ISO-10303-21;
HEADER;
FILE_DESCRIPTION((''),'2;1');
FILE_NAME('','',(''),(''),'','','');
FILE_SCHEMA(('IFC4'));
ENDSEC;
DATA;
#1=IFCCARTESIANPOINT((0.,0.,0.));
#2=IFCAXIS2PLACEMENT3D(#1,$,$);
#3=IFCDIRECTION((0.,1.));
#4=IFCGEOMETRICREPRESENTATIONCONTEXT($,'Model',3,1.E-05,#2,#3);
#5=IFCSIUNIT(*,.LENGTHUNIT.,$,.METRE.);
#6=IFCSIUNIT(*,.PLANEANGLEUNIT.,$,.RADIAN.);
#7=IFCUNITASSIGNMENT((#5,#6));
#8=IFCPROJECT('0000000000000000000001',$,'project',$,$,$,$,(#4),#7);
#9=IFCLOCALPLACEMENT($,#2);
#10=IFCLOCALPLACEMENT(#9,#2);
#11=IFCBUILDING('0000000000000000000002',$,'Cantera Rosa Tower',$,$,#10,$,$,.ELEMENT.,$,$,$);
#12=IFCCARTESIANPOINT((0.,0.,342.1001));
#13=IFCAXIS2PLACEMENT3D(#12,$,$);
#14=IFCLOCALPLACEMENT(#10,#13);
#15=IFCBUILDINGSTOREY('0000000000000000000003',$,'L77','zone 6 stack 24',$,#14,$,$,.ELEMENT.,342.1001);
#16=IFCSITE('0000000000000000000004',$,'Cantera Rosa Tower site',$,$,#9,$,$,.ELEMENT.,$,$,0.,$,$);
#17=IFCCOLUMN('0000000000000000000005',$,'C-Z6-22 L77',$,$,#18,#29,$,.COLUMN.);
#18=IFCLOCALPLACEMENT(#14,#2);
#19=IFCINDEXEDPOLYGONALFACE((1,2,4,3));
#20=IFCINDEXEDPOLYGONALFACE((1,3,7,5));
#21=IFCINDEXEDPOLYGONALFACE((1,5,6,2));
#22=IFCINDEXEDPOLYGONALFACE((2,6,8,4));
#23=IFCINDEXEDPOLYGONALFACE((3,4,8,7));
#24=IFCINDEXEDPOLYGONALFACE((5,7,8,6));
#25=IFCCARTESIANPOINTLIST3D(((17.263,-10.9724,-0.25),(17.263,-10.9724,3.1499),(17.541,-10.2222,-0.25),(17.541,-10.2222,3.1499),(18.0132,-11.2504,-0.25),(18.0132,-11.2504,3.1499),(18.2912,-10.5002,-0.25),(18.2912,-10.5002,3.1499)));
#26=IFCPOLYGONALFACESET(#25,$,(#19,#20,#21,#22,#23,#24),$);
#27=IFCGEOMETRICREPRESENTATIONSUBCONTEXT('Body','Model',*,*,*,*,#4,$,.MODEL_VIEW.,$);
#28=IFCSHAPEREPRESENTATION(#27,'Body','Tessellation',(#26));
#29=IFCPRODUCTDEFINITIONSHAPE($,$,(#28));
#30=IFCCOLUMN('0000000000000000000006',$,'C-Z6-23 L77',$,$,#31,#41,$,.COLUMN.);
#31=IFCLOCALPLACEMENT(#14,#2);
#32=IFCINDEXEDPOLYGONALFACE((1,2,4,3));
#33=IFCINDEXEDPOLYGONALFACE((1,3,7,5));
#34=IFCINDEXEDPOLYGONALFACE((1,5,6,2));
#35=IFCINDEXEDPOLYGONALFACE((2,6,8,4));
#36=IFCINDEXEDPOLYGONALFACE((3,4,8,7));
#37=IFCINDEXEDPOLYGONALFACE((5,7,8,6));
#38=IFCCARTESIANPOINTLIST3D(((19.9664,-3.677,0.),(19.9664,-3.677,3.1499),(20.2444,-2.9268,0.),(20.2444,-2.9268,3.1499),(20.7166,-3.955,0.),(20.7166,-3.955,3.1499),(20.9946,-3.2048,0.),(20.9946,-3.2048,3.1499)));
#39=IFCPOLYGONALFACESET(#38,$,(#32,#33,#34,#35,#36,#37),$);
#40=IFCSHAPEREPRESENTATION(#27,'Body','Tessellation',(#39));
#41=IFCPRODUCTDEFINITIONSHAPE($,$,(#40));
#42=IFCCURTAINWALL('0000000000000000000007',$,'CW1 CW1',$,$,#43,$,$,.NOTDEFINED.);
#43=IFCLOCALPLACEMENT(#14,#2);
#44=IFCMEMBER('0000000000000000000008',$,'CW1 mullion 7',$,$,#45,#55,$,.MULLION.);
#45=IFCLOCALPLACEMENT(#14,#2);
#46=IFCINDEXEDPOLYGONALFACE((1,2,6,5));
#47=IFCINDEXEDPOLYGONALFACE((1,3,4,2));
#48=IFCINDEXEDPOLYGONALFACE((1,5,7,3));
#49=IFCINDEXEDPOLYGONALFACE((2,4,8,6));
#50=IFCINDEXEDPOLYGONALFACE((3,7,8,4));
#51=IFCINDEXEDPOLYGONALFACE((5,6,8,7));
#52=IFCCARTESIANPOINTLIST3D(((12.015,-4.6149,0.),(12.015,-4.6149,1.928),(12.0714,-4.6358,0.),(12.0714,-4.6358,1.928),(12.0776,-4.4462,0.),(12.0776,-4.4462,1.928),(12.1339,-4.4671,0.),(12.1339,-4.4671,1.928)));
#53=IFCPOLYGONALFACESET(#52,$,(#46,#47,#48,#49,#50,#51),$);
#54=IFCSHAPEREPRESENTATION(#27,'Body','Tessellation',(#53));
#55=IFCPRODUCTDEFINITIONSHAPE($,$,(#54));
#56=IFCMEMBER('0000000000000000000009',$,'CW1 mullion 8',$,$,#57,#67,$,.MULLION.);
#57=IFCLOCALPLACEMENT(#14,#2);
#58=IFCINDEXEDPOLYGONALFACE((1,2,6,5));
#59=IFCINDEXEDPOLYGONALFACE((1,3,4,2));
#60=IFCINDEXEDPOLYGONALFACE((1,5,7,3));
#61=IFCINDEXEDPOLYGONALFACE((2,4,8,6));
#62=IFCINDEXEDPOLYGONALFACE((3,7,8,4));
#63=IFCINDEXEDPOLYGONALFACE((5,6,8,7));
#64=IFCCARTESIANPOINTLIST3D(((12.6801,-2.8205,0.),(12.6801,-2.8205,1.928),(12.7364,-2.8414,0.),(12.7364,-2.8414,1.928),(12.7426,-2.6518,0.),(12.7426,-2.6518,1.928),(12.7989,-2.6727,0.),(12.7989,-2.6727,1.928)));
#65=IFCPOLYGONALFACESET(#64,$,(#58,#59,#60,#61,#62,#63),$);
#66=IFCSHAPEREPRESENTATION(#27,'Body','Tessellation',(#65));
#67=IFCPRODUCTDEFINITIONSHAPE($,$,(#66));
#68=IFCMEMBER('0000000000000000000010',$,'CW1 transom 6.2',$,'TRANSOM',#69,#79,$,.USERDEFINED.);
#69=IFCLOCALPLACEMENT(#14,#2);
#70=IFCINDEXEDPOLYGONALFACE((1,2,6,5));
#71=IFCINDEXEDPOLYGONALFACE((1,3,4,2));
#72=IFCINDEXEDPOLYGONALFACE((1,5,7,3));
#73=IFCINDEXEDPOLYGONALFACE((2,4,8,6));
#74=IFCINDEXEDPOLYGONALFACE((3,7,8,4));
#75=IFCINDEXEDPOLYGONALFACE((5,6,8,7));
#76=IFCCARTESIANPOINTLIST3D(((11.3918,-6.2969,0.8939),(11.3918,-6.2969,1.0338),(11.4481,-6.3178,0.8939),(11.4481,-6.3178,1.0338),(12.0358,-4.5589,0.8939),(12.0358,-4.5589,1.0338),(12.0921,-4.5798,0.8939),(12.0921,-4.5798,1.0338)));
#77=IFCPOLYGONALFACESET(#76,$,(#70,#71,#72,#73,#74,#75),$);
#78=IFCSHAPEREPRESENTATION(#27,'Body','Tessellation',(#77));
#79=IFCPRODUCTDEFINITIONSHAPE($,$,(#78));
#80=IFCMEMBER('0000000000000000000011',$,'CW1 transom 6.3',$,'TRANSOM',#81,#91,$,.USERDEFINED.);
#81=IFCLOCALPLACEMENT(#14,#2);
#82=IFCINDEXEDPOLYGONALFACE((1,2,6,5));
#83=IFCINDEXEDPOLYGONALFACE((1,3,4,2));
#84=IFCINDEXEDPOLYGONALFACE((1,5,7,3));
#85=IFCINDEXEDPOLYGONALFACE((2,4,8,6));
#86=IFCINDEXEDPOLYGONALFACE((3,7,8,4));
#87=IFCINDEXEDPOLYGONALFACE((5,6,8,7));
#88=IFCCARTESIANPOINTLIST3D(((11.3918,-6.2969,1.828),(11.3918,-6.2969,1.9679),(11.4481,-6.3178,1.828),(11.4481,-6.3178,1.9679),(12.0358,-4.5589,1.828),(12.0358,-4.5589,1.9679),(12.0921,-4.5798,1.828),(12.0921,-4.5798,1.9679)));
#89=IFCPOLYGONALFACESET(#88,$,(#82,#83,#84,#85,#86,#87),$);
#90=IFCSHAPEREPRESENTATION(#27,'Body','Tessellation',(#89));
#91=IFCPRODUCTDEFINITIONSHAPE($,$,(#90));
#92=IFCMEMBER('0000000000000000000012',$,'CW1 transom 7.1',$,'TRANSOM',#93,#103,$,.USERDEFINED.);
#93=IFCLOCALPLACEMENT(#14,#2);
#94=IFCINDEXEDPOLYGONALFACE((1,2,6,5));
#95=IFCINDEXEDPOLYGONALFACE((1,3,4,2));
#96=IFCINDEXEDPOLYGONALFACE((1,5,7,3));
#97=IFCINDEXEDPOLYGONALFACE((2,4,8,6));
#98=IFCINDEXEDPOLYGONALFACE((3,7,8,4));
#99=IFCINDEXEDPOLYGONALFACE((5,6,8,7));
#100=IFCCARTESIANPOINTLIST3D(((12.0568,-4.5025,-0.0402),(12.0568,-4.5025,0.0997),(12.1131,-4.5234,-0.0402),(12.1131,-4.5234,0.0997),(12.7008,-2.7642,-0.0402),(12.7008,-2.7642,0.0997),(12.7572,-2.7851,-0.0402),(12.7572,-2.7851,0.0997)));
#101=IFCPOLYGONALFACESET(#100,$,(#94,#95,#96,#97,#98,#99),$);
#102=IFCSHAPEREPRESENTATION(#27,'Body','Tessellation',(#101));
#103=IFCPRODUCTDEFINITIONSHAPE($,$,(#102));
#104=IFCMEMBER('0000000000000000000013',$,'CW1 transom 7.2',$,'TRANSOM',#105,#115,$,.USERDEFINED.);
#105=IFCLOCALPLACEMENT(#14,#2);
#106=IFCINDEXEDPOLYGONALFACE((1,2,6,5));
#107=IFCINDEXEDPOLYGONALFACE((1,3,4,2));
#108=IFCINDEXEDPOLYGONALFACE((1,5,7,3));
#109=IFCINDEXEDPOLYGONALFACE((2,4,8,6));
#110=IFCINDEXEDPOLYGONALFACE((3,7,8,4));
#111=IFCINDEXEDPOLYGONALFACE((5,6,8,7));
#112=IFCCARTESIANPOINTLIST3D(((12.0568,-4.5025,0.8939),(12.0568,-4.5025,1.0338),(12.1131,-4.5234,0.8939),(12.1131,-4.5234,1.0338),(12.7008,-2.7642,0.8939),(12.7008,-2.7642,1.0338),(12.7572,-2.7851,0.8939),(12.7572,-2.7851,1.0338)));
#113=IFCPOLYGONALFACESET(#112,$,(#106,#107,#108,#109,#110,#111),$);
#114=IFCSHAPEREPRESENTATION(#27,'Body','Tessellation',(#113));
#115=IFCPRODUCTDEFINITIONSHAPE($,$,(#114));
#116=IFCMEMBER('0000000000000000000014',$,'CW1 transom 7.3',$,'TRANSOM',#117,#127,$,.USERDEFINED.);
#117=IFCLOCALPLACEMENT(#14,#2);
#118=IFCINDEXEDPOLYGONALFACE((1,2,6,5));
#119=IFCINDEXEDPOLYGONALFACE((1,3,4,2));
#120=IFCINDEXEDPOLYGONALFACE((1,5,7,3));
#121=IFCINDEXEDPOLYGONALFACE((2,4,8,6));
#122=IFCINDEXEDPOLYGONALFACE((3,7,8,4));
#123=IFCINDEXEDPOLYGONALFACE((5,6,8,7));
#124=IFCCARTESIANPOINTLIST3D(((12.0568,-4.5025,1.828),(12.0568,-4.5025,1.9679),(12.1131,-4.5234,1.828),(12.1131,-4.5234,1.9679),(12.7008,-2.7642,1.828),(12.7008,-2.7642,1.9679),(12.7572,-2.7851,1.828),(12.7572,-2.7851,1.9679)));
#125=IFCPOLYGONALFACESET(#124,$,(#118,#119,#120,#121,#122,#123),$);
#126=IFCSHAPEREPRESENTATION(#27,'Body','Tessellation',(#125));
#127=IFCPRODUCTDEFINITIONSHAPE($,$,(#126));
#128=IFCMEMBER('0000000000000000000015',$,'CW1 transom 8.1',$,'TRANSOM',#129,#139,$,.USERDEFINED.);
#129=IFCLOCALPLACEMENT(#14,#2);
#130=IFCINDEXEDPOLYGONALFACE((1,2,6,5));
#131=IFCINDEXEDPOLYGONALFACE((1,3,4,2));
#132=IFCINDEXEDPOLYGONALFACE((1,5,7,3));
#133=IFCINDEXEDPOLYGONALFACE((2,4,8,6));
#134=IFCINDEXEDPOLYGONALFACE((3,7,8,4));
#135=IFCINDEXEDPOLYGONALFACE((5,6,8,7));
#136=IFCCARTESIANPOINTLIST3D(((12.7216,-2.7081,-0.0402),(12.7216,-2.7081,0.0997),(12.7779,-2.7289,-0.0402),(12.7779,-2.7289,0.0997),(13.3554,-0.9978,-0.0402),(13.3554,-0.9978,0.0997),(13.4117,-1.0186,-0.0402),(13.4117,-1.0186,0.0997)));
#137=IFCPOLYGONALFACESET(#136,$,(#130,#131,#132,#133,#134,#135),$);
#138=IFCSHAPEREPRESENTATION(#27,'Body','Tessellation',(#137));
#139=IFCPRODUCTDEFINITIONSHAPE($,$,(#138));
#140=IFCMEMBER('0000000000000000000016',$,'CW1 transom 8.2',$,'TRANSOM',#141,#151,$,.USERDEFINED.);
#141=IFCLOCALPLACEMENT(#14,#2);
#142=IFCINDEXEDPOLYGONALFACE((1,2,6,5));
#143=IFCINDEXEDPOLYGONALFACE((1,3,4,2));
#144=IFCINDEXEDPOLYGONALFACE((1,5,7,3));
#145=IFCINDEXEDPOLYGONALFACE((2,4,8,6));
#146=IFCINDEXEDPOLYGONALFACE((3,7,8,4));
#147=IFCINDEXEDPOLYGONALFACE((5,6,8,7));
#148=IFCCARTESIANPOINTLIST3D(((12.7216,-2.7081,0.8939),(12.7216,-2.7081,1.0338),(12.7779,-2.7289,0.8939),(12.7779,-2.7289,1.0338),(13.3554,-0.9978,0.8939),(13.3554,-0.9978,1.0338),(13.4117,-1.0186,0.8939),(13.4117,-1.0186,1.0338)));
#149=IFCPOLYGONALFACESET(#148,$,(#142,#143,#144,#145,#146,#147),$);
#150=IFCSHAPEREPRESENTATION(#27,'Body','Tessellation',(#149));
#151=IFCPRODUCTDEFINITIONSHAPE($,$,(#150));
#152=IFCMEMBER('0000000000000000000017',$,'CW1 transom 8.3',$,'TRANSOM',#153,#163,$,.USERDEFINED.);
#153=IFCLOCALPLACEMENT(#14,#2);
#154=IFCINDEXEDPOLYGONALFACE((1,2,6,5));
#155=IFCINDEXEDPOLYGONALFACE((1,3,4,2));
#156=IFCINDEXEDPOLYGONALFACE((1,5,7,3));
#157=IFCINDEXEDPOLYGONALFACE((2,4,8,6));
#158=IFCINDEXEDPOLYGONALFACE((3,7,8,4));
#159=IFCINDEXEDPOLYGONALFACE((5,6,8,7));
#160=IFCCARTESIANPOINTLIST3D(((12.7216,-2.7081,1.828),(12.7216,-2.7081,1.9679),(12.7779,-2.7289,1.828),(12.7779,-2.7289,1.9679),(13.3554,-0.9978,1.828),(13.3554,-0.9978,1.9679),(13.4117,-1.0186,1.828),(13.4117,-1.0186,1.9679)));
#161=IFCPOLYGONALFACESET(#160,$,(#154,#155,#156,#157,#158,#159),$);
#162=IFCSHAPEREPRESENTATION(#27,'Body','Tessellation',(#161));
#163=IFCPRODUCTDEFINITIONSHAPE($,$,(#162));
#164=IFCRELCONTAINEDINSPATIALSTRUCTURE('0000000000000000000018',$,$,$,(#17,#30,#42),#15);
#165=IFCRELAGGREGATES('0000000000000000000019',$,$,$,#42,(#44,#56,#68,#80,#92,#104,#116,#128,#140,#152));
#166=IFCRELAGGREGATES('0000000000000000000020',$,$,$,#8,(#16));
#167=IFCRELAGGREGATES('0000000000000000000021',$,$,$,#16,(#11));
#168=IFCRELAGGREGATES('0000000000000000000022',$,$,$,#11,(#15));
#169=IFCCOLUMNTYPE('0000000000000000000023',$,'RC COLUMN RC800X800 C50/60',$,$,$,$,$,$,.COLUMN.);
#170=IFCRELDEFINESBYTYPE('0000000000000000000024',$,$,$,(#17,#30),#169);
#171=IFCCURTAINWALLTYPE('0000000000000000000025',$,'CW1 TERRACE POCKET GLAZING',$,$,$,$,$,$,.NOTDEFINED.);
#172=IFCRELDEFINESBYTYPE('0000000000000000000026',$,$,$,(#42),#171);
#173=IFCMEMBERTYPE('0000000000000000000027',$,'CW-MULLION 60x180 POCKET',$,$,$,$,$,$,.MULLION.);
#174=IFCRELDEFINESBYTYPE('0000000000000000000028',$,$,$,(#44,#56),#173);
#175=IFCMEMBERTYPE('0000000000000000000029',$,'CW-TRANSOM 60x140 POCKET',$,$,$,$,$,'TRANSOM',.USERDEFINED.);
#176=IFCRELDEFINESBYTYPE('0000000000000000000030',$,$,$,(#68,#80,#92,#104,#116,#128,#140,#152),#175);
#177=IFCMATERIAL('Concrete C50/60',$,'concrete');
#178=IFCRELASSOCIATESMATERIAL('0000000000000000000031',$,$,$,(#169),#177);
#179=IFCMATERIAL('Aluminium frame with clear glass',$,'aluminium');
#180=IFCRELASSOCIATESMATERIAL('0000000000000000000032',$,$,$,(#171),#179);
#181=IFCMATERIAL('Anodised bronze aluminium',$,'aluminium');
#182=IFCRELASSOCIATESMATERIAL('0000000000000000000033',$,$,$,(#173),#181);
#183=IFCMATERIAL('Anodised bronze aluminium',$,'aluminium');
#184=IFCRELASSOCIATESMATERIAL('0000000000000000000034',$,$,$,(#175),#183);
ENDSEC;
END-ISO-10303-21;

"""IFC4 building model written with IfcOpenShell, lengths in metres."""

from ifc_helpers import new_model, si_unit, direction, frame, origin, origin_2d, place, context, subcontext, project, spatial, rectangle, extrude, material, material_profile, profile_set, type_object, element, aggregate, save


model = new_model("IFC4")

# Units and contexts
model_context = context("Model", 3, precision=1e-05, world=origin(), true_north=direction((0.0, 1.0)))
body_context = subcontext(model_context, "Body", "Model", "MODEL_VIEW")
ifc_project = project(units=[si_unit("LENGTHUNIT", "METRE"), si_unit("PLANEANGLEUNIT", "RADIAN")], contexts=[model_context])

# Site, building, storey
site_placement = place(None, origin())
site = spatial("IfcSite", under=ifc_project, at=site_placement, Name="Cantera Rosa Tower site", CompositionType="ELEMENT", RefElevation=0.0)
building_placement = place(site_placement, origin())
building = spatial("IfcBuilding", under=site, at=building_placement, Name="Cantera Rosa Tower", CompositionType="ELEMENT")
storey_placement = place(building_placement, frame((0.0, 0.0, 342.1001)))
storey = spatial("IfcBuildingStorey", under=building, at=storey_placement, Name="L77", Description="zone 6 stack 24", CompositionType="ELEMENT", Elevation=342.1001)

# Columns
ifc_material_1 = material(Name="Concrete C50/60", Category="concrete")
ifc_material_profile_1 = material_profile(ifc_material_1, rectangle(XDim=0.8, YDim=0.8, at=origin_2d()), Name="RC COLUMN RC800X800 C50/60")
ifc_profile_set_1 = profile_set([ifc_material_profile_1], Name="Concrete C50/60")
column_type = type_object("IfcColumnType", Name="RC COLUMN RC800X800 C50/60", PredefinedType="COLUMN", material=ifc_profile_set_1)
column_1_placement = place(storey_placement, frame((17.7771, -10.7363, -0.25), z_axis=(0.0, 0.0, 1.0), x_axis=(0.347481, 0.937687, 0.0)))
element("IfcColumn", 1, at=column_1_placement, inside=storey, type_object=column_type, Name="C-Z6-22 L77", PredefinedType="COLUMN", context=body_context, shape_type="SweptSolid", body=[
    extrude(rectangle(XDim=0.8, YDim=0.8, at=origin_2d()), origin(), (0.0, 0.0, 1.0), 3.3999),
])
column_2_placement = place(storey_placement, frame((20.4805, -3.4409, 0.0), z_axis=(0.0, 0.0, 1.0), x_axis=(0.347481, 0.937687, 0.0)))
element("IfcColumn", 2, at=column_2_placement, inside=storey, type_object=column_type, Name="C-Z6-23 L77", PredefinedType="COLUMN", context=body_context, shape_type="SweptSolid", body=[
    extrude(rectangle(XDim=0.8, YDim=0.8, at=origin_2d()), origin(), (0.0, 0.0, 1.0), 3.1499),
])

# Curtain wall, members
ifc_material_2 = material(Name="Aluminium frame with clear glass", Category="aluminium")
curtain_wall_type = type_object("IfcCurtainWallType", Name="CW1 TERRACE POCKET GLAZING", PredefinedType="NOTDEFINED", material=ifc_material_2)
curtain_wall_placement = place(storey_placement, origin())
curtain_wall = element("IfcCurtainWall", 3, at=curtain_wall_placement, inside=storey, type_object=curtain_wall_type, Name="CW1 CW1", PredefinedType="NOTDEFINED")
ifc_material_3 = material(Name="Anodised bronze aluminium", Category="aluminium")
ifc_material_profile_2 = material_profile(ifc_material_3, rectangle(XDim=0.0601, YDim=0.1799, at=origin_2d()), Name="CW-MULLION 60x180 POCKET")
ifc_profile_set_2 = profile_set([ifc_material_profile_2], Name="Anodised bronze aluminium")
member_type_1 = type_object("IfcMemberType", Name="CW-MULLION 60x180 POCKET", PredefinedType="MULLION", material=ifc_profile_set_2)
member_1_placement = place(storey_placement, frame((12.0745, -4.541, 0.0), z_axis=(0.0, 0.0, 1.0), x_axis=(-0.937687, 0.347481, 0.0)))
member_1 = element("IfcMember", 4, at=member_1_placement, type_object=member_type_1, Name="CW1 mullion 7", PredefinedType="MULLION", context=body_context, shape_type="SweptSolid", body=[
    extrude(rectangle(XDim=0.0601, YDim=0.1799, at=origin_2d()), origin(), (0.0, 0.0, 1.0), 1.928),
])
member_2_placement = place(storey_placement, frame((12.7395, -2.7466, 0.0), z_axis=(0.0, 0.0, 1.0), x_axis=(-0.937687, 0.347481, 0.0)))
member_2 = element("IfcMember", 5, at=member_2_placement, type_object=member_type_1, Name="CW1 mullion 8", PredefinedType="MULLION", context=body_context, shape_type="SweptSolid", body=[
    extrude(rectangle(XDim=0.0601, YDim=0.1799, at=origin_2d()), origin(), (0.0, 0.0, 1.0), 1.928),
])
ifc_material_4 = material(Name="Anodised bronze aluminium", Category="aluminium")
ifc_material_profile_3 = material_profile(ifc_material_4, rectangle(XDim=0.0601, YDim=0.1399, at=origin_2d()), Name="CW-TRANSOM 60x140 POCKET")
ifc_profile_set_3 = profile_set([ifc_material_profile_3], Name="Anodised bronze aluminium")
member_type_2 = type_object("IfcMemberType", Name="CW-TRANSOM 60x140 POCKET", ElementType="TRANSOM", PredefinedType="USERDEFINED", material=ifc_profile_set_3)
member_3_placement = place(storey_placement, frame((11.4199, -6.3074, 0.9639), z_axis=(0.347469, 0.937692, 0.0), x_axis=(-0.937692, 0.347469, 0.0)))
member_3 = element("IfcMember", 6, at=member_3_placement, type_object=member_type_2, Name="CW1 transom 6.2", ObjectType="TRANSOM", PredefinedType="USERDEFINED", context=body_context, shape_type="SweptSolid", body=[
    extrude(rectangle(XDim=0.0601, YDim=0.1399, at=origin_2d()), origin(), (0.0, 0.0, 1.0), 1.8535),
])
member_4_placement = place(storey_placement, frame((11.4199, -6.3074, 1.8979), z_axis=(0.347469, 0.937692, 0.0), x_axis=(-0.937692, 0.347469, 0.0)))
member_4 = element("IfcMember", 7, at=member_4_placement, type_object=member_type_2, Name="CW1 transom 6.3", ObjectType="TRANSOM", PredefinedType="USERDEFINED", context=body_context, shape_type="SweptSolid", body=[
    extrude(rectangle(XDim=0.0601, YDim=0.1399, at=origin_2d()), origin(), (0.0, 0.0, 1.0), 1.8535),
])
member_5_placement = place(storey_placement, frame((12.085, -4.5129, 0.0298), z_axis=(0.347426, 0.937707, 0.0), x_axis=(-0.937707, 0.347426, 0.0)))
member_5 = element("IfcMember", 8, at=member_5_placement, type_object=member_type_2, Name="CW1 transom 7.1", ObjectType="TRANSOM", PredefinedType="USERDEFINED", context=body_context, shape_type="SweptSolid", body=[
    extrude(rectangle(XDim=0.0601, YDim=0.1399, at=origin_2d()), origin(), (0.0, 0.0, 1.0), 1.8538),
])
member_6_placement = place(storey_placement, frame((12.085, -4.5129, 0.9639), z_axis=(0.347426, 0.937707, 0.0), x_axis=(-0.937707, 0.347426, 0.0)))
member_6 = element("IfcMember", 9, at=member_6_placement, type_object=member_type_2, Name="CW1 transom 7.2", ObjectType="TRANSOM", PredefinedType="USERDEFINED", context=body_context, shape_type="SweptSolid", body=[
    extrude(rectangle(XDim=0.0601, YDim=0.1399, at=origin_2d()), origin(), (0.0, 0.0, 1.0), 1.8538),
])
member_7_placement = place(storey_placement, frame((12.085, -4.5129, 1.8979), z_axis=(0.347426, 0.937707, 0.0), x_axis=(-0.937707, 0.347426, 0.0)))
member_7 = element("IfcMember", 10, at=member_7_placement, type_object=member_type_2, Name="CW1 transom 7.3", ObjectType="TRANSOM", PredefinedType="USERDEFINED", context=body_context, shape_type="SweptSolid", body=[
    extrude(rectangle(XDim=0.0601, YDim=0.1399, at=origin_2d()), origin(), (0.0, 0.0, 1.0), 1.8538),
])
member_8_placement = place(storey_placement, frame((12.7498, -2.7185, 0.0298), z_axis=(0.347497, 0.937681, 0.0), x_axis=(-0.937681, 0.347497, 0.0)))
member_8 = element("IfcMember", 11, at=member_8_placement, type_object=member_type_2, Name="CW1 transom 8.1", ObjectType="TRANSOM", PredefinedType="USERDEFINED", context=body_context, shape_type="SweptSolid", body=[
    extrude(rectangle(XDim=0.0601, YDim=0.1399, at=origin_2d()), origin(), (0.0, 0.0, 1.0), 1.824),
])
member_9_placement = place(storey_placement, frame((12.7498, -2.7185, 0.9639), z_axis=(0.347497, 0.937681, 0.0), x_axis=(-0.937681, 0.347497, 0.0)))
member_9 = element("IfcMember", 12, at=member_9_placement, type_object=member_type_2, Name="CW1 transom 8.2", ObjectType="TRANSOM", PredefinedType="USERDEFINED", context=body_context, shape_type="SweptSolid", body=[
    extrude(rectangle(XDim=0.0601, YDim=0.1399, at=origin_2d()), origin(), (0.0, 0.0, 1.0), 1.824),
])
member_10_placement = place(storey_placement, frame((12.7498, -2.7185, 1.8979), z_axis=(0.347497, 0.937681, 0.0), x_axis=(-0.937681, 0.347497, 0.0)))
member_10 = element("IfcMember", 13, at=member_10_placement, type_object=member_type_2, Name="CW1 transom 8.3", ObjectType="TRANSOM", PredefinedType="USERDEFINED", context=body_context, shape_type="SweptSolid", body=[
    extrude(rectangle(XDim=0.0601, YDim=0.1399, at=origin_2d()), origin(), (0.0, 0.0, 1.0), 1.824),
])

aggregate(curtain_wall, [member_1, member_2, member_3, member_4, member_5, member_6, member_7, member_8, member_9, member_10])

save(model, "model.ifc")
